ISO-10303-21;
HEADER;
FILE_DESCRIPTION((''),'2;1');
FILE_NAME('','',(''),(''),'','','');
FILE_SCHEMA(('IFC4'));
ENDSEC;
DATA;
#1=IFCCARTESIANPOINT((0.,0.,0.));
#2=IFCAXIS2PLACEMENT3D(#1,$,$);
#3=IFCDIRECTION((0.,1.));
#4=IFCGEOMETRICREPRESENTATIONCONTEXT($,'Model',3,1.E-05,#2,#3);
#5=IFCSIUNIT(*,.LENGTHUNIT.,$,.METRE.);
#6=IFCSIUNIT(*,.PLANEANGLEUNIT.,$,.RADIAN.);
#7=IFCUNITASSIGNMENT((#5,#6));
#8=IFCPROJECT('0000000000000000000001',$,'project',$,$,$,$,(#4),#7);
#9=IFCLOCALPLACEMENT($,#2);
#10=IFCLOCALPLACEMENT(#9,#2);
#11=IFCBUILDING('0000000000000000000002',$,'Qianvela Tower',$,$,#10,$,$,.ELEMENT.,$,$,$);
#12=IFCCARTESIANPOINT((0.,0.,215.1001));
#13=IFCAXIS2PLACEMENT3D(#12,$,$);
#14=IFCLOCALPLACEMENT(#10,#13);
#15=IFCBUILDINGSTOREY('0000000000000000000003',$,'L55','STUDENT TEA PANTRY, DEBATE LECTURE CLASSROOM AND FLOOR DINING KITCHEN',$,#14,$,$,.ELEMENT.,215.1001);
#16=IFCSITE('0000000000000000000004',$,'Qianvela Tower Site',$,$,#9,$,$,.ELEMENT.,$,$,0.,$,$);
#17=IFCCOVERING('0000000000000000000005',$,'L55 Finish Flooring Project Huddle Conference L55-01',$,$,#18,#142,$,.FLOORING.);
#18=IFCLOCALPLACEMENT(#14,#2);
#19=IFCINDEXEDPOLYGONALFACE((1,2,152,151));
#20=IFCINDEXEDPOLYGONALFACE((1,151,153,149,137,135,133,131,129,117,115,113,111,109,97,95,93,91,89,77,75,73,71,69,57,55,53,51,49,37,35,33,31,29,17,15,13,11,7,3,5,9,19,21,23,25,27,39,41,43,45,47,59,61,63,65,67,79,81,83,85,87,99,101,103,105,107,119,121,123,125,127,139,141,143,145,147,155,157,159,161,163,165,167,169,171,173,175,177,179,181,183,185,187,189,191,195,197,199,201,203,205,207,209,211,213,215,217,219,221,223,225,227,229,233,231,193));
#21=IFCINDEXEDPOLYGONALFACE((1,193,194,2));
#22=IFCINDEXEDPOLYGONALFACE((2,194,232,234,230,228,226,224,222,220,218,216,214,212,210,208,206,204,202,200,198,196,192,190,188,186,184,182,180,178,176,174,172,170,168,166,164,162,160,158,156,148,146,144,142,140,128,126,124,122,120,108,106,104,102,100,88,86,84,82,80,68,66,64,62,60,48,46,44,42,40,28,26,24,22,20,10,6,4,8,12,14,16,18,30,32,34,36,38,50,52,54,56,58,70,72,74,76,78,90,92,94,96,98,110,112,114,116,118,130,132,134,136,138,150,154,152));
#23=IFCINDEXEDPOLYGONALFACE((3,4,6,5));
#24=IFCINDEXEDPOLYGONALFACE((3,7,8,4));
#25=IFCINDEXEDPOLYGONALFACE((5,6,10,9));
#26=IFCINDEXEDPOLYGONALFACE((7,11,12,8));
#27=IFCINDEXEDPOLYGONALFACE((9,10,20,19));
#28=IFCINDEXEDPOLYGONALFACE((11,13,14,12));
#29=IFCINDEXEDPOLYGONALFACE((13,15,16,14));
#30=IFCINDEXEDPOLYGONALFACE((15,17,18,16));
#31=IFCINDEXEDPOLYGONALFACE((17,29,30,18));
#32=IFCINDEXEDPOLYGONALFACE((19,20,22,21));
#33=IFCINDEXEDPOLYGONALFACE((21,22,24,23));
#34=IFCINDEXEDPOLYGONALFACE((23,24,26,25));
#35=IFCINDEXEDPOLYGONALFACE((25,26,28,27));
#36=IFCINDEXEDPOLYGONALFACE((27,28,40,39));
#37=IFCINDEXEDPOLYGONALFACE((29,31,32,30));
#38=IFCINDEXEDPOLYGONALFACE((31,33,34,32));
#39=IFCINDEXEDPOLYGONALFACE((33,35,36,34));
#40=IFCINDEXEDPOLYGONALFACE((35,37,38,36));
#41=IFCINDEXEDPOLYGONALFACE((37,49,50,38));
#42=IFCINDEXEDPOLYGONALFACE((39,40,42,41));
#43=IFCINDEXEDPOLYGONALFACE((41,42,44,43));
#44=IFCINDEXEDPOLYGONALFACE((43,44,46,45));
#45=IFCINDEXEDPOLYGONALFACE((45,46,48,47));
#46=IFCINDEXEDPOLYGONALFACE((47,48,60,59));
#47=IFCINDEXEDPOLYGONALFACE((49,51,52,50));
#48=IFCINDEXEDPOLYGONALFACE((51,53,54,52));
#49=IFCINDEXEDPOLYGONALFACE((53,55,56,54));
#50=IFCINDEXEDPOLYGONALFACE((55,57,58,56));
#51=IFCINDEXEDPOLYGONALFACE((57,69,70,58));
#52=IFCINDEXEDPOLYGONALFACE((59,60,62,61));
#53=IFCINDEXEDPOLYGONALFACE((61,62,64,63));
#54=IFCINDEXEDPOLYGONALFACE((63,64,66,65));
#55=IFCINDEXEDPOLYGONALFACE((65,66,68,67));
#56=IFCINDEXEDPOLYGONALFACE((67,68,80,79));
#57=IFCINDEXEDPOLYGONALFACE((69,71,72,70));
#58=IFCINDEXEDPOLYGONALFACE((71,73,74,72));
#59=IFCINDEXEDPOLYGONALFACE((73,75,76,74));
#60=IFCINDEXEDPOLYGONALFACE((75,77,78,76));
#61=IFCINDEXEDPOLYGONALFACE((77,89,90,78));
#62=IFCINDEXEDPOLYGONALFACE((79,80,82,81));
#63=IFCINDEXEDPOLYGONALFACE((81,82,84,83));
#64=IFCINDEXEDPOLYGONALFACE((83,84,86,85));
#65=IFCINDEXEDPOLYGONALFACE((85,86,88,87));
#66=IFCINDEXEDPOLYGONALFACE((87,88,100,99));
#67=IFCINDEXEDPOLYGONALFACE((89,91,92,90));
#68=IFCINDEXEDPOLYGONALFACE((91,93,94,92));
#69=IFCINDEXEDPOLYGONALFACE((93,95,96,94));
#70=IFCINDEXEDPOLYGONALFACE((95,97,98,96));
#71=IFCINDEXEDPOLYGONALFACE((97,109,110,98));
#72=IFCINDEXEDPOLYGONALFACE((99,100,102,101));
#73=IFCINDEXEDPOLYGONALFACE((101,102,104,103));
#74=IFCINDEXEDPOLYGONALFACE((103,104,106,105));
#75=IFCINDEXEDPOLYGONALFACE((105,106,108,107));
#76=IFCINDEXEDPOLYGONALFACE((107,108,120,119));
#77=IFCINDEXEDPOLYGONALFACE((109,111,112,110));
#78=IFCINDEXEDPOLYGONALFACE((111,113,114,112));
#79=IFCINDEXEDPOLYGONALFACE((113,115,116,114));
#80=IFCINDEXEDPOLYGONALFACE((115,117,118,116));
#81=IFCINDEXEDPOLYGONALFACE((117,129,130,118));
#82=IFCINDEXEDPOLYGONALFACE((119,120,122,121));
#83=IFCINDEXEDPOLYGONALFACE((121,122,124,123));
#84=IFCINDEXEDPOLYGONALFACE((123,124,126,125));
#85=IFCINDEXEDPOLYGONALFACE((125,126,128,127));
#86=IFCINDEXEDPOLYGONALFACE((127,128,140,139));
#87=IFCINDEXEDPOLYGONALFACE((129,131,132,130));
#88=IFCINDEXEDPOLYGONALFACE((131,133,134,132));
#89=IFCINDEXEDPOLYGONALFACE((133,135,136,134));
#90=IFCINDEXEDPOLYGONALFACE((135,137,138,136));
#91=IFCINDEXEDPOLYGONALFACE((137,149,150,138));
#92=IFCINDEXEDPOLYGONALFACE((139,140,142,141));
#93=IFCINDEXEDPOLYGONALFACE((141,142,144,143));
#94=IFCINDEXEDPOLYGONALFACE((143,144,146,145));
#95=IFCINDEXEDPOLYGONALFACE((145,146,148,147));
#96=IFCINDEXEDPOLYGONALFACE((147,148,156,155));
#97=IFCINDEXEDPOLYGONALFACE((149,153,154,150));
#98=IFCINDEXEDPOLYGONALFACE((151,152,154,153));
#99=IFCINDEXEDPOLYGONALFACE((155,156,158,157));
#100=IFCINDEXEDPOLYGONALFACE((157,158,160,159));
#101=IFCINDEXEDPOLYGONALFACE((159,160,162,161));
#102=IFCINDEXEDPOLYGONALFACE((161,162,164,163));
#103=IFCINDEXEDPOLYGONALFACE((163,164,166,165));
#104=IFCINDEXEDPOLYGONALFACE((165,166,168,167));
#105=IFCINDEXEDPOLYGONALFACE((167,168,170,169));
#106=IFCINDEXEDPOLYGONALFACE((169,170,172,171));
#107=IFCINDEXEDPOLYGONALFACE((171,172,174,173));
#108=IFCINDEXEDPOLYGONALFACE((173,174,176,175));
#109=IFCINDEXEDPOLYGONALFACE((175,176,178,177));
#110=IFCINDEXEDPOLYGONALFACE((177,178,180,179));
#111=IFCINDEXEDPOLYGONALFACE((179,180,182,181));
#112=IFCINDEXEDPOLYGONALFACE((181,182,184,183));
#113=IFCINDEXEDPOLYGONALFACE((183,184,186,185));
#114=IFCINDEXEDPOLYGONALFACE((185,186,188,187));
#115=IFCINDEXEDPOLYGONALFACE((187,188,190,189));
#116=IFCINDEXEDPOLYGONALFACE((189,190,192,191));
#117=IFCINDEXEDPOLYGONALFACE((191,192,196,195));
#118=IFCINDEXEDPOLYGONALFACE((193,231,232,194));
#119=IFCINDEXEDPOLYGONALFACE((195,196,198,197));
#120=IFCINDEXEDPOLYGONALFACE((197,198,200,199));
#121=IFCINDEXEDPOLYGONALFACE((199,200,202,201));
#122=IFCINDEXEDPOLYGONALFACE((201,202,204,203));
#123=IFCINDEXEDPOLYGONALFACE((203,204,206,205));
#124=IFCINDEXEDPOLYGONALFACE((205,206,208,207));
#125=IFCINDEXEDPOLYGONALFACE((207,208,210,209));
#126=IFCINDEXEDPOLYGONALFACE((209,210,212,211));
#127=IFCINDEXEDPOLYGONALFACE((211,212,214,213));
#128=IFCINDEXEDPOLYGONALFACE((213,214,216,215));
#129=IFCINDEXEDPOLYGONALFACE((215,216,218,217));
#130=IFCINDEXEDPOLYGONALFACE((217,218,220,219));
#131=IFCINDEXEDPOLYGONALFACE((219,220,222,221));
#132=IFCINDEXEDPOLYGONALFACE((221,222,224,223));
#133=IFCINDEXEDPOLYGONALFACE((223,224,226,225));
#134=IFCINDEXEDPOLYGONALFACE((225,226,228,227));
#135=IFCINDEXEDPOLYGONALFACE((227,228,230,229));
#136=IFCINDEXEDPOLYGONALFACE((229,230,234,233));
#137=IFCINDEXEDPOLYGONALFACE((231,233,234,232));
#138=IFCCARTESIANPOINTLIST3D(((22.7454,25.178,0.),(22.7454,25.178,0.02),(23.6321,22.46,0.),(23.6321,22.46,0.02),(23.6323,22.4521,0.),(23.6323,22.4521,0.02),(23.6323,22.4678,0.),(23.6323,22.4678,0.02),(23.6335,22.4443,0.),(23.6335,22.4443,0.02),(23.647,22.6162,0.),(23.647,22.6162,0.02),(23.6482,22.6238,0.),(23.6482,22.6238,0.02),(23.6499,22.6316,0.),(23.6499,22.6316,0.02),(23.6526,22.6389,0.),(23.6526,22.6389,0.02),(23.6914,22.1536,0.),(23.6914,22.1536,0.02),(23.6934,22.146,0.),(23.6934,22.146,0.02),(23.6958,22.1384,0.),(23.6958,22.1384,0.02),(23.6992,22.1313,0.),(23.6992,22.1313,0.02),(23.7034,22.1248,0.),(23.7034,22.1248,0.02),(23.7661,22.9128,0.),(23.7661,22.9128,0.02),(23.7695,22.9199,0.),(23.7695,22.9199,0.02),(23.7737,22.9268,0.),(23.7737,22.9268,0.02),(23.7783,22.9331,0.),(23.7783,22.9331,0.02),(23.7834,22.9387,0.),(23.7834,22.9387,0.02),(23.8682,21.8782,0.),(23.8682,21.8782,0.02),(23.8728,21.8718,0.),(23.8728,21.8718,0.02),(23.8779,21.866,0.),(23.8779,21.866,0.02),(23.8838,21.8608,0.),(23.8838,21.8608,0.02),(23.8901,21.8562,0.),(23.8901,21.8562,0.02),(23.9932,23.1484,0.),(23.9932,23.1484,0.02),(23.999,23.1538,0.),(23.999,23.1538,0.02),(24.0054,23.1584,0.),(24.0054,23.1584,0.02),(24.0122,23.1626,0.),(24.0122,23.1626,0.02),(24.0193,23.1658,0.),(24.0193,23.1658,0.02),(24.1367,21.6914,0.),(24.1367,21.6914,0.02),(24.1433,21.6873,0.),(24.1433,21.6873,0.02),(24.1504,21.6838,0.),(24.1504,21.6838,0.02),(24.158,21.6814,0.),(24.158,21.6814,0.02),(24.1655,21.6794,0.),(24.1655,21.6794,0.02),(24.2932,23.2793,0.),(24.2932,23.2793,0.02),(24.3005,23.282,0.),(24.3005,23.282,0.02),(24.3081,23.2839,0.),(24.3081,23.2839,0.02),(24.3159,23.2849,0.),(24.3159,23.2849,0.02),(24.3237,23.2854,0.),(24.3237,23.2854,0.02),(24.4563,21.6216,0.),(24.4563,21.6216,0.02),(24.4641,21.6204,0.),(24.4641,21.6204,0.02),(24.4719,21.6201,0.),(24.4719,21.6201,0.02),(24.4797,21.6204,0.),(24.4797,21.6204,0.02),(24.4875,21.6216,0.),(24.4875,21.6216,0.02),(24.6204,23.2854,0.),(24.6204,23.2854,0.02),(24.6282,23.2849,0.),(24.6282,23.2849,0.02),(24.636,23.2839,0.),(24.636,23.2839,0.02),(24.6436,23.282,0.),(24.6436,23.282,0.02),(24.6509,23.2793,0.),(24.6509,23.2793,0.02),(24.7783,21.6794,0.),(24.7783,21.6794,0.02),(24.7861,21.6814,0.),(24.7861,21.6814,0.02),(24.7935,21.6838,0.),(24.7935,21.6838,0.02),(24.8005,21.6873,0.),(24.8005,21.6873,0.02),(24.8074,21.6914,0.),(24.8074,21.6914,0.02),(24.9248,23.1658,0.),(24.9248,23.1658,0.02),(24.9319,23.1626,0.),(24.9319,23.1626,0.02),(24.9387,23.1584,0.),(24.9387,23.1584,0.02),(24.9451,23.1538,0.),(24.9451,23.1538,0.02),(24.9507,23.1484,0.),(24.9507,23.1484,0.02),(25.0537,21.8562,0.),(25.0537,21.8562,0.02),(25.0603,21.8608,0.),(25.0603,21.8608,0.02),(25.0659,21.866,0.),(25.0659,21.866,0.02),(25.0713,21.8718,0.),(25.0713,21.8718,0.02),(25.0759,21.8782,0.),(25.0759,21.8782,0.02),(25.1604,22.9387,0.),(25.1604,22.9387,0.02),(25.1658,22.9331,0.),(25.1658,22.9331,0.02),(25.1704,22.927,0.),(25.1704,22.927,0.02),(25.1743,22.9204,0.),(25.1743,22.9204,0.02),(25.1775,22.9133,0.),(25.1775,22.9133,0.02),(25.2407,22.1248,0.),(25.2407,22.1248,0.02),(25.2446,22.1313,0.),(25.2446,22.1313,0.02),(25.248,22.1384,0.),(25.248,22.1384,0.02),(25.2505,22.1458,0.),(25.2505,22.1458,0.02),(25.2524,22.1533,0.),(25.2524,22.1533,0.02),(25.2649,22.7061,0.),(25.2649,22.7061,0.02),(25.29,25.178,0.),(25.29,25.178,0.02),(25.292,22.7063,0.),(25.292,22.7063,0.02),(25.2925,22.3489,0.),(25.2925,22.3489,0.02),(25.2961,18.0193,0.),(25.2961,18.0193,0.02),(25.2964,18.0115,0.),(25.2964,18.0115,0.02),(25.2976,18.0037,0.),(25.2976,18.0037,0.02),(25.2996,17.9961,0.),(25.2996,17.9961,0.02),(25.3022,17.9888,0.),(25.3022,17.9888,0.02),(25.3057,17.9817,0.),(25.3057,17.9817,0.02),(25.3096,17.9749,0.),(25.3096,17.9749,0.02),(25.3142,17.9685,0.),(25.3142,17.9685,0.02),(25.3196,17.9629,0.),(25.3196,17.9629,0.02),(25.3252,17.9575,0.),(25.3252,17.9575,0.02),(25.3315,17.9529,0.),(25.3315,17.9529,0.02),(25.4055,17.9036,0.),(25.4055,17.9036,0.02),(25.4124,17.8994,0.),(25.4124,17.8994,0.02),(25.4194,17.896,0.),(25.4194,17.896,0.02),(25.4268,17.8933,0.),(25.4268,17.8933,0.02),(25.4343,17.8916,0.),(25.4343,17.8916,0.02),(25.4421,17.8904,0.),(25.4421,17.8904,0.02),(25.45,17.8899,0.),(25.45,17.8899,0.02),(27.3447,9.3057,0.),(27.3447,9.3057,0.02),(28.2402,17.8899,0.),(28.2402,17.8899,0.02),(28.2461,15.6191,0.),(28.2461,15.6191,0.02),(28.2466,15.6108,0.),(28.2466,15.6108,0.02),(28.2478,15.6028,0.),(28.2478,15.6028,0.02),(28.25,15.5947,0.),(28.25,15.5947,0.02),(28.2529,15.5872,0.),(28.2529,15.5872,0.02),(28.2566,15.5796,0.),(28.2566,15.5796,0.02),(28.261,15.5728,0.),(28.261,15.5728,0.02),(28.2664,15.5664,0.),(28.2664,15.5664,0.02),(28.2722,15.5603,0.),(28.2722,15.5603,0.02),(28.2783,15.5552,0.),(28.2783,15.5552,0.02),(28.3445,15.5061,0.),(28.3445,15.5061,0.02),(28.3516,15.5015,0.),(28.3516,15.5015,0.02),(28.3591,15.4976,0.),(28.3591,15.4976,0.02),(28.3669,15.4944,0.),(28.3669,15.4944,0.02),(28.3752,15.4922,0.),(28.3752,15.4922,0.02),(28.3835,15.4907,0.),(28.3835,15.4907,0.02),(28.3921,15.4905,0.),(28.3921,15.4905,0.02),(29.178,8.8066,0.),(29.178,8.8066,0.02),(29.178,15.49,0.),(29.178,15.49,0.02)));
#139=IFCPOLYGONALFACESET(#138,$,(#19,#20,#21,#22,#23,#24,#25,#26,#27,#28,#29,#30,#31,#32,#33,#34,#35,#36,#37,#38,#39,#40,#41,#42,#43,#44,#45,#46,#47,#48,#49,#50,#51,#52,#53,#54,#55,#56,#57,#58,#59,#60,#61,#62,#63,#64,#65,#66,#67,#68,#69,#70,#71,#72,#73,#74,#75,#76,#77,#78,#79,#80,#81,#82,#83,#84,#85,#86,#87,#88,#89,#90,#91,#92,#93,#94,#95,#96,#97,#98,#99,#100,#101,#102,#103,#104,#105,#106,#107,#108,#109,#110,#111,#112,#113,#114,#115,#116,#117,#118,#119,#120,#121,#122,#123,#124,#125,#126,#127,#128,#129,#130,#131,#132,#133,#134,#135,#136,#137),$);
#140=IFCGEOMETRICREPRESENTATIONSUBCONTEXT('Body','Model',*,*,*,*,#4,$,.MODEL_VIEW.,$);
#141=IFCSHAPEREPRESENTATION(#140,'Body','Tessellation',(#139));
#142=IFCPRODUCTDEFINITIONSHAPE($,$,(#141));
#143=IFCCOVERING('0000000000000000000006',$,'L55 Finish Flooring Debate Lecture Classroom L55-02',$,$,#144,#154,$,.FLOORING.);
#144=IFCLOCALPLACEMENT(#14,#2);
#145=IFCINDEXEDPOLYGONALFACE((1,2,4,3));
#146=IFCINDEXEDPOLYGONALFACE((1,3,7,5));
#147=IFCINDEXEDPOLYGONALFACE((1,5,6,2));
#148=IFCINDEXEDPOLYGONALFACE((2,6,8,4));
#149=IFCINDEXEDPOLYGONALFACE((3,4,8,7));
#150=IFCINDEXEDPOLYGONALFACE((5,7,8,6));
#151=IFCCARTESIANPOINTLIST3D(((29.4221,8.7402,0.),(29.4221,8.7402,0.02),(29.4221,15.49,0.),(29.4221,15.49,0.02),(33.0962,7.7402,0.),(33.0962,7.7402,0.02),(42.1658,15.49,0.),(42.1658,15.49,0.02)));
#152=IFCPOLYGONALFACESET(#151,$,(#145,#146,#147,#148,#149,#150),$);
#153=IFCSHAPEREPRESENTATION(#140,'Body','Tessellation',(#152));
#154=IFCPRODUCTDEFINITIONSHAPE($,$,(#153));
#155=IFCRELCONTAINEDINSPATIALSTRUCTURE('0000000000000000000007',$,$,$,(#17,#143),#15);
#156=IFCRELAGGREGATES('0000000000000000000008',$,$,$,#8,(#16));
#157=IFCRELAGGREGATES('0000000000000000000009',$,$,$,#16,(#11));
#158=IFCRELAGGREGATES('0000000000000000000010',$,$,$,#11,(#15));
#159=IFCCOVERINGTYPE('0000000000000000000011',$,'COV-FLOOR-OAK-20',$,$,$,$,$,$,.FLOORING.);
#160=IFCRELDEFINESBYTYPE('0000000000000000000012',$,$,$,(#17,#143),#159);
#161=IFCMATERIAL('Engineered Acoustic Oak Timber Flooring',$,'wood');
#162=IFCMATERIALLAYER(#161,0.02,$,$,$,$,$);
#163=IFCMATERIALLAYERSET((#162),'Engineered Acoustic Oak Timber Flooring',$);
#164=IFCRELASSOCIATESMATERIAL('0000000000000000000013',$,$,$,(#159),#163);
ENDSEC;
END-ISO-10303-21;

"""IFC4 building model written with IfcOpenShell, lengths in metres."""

from ifc_helpers import new_model, si_unit, direction, frame, origin, place, context, subcontext, project, spatial, polyline, outline, extrude, material, layer, layer_set, type_object, element, save


model = new_model("IFC4")

# Units and contexts
model_context = context("Model", 3, precision=1e-05, world=origin(), true_north=direction((0.0, 1.0)))
body_context = subcontext(model_context, "Body", "Model", "MODEL_VIEW")
ifc_project = project(units=[si_unit("LENGTHUNIT", "METRE"), si_unit("PLANEANGLEUNIT", "RADIAN")], contexts=[model_context])

# Site, building, storey
site_placement = place(None, origin())
site = spatial("IfcSite", under=ifc_project, at=site_placement, Name="Qianvela Tower Site", CompositionType="ELEMENT", RefElevation=0.0)
building_placement = place(site_placement, origin())
building = spatial("IfcBuilding", under=site, at=building_placement, Name="Qianvela Tower", CompositionType="ELEMENT")
storey_placement = place(building_placement, frame((0.0, 0.0, 215.1001)))
storey = spatial("IfcBuildingStorey", under=building, at=storey_placement, Name="L55", Description="STUDENT TEA PANTRY, DEBATE LECTURE CLASSROOM AND FLOOR DINING KITCHEN", CompositionType="ELEMENT", Elevation=215.1001)

# Coverings
ifc_material_1 = material(Name="Engineered Acoustic Oak Timber Flooring", Category="wood")
ifc_layer_1 = layer(ifc_material_1, 0.02)
ifc_layer_set_1 = layer_set([ifc_layer_1], Name="Engineered Acoustic Oak Timber Flooring")
covering_type_1 = type_object("IfcCoveringType", Name="COV-FLOOR-OAK-20", PredefinedType="FLOORING", material=ifc_layer_set_1)
covering_1_placement = place(storey_placement, origin())
element("IfcCovering", 1, at=covering_1_placement, inside=storey, type_object=covering_type_1, Name="L55 Finish Flooring Project Huddle Conference L55-01", PredefinedType="FLOORING", context=body_context, shape_type="SweptSolid", body=[
    extrude(outline(polyline([(25.292, 22.7063), (25.2649, 22.7061), (25.1775, 22.9133), (25.1743, 22.9204), (25.1704, 22.927), (25.1658, 22.9331), (25.1604, 22.9387), (24.9507, 23.1484), (24.9451, 23.1538), (24.9387, 23.1584), (24.9319, 23.1626), (24.9248, 23.1658), (24.6509, 23.2793), (24.6436, 23.282), (24.636, 23.2839), (24.6282, 23.2849), (24.6204, 23.2854), (24.3237, 23.2854), (24.3159, 23.2849), (24.3081, 23.2839), (24.3005, 23.282), (24.2932, 23.2793), (24.0193, 23.1658), (24.0122, 23.1626), (24.0054, 23.1584), (23.999, 23.1538), (23.9932, 23.1484), (23.7834, 22.9387), (23.7783, 22.9331), (23.7737, 22.9268), (23.7695, 22.9199), (23.7661, 22.9128), (23.6526, 22.6389), (23.6499, 22.6316), (23.6482, 22.6238), (23.647, 22.6162), (23.6323, 22.4678), (23.6321, 22.46), (23.6323, 22.4521), (23.6335, 22.4443), (23.6914, 22.1536), (23.6934, 22.146), (23.6958, 22.1384), (23.6992, 22.1313), (23.7034, 22.1248), (23.8682, 21.8782), (23.8728, 21.8718), (23.8779, 21.866), (23.8838, 21.8608), (23.8901, 21.8562), (24.1367, 21.6914), (24.1433, 21.6873), (24.1504, 21.6838), (24.158, 21.6814), (24.1655, 21.6794), (24.4563, 21.6216), (24.4641, 21.6204), (24.4719, 21.6201), (24.4797, 21.6204), (24.4875, 21.6216), (24.7783, 21.6794), (24.7861, 21.6814), (24.7935, 21.6838), (24.8005, 21.6873), (24.8074, 21.6914), (25.0537, 21.8562), (25.0603, 21.8608), (25.0659, 21.866), (25.0713, 21.8718), (25.0759, 21.8782), (25.2407, 22.1248), (25.2446, 22.1313), (25.248, 22.1384), (25.2505, 22.1458), (25.2524, 22.1533), (25.2925, 22.3489), (25.2961, 18.0193), (25.2964, 18.0115), (25.2976, 18.0037), (25.2996, 17.9961), (25.3022, 17.9888), (25.3057, 17.9817), (25.3096, 17.9749), (25.3142, 17.9685), (25.3196, 17.9629), (25.3252, 17.9575), (25.3315, 17.9529), (25.4055, 17.9036), (25.4124, 17.8994), (25.4194, 17.896), (25.4268, 17.8933), (25.4343, 17.8916), (25.4421, 17.8904), (25.45, 17.8899), (28.2402, 17.8899), (28.2461, 15.6191), (28.2466, 15.6108), (28.2478, 15.6028), (28.25, 15.5947), (28.2529, 15.5872), (28.2566, 15.5796), (28.261, 15.5728), (28.2664, 15.5664), (28.2722, 15.5603), (28.2783, 15.5552), (28.3445, 15.5061), (28.3516, 15.5015), (28.3591, 15.4976), (28.3669, 15.4944), (28.3752, 15.4922), (28.3835, 15.4907), (28.3921, 15.4905), (29.178, 15.49), (29.178, 8.8066), (27.3447, 9.3057), (22.7454, 25.178), (25.29, 25.178), (25.292, 22.7063)])), origin(), (0.0, 0.0, 1.0), 0.02),
])
covering_2_placement = place(storey_placement, origin())
element("IfcCovering", 2, at=covering_2_placement, inside=storey, type_object=covering_type_1, Name="L55 Finish Flooring Debate Lecture Classroom L55-02", PredefinedType="FLOORING", context=body_context, shape_type="SweptSolid", body=[
    extrude(outline(polyline([(42.1658, 15.49), (33.0962, 7.7402), (29.4221, 8.7402), (29.4221, 15.49), (42.1658, 15.49)])), origin(), (0.0, 0.0, 1.0), 0.02),
])

save(model, "model.ifc")
